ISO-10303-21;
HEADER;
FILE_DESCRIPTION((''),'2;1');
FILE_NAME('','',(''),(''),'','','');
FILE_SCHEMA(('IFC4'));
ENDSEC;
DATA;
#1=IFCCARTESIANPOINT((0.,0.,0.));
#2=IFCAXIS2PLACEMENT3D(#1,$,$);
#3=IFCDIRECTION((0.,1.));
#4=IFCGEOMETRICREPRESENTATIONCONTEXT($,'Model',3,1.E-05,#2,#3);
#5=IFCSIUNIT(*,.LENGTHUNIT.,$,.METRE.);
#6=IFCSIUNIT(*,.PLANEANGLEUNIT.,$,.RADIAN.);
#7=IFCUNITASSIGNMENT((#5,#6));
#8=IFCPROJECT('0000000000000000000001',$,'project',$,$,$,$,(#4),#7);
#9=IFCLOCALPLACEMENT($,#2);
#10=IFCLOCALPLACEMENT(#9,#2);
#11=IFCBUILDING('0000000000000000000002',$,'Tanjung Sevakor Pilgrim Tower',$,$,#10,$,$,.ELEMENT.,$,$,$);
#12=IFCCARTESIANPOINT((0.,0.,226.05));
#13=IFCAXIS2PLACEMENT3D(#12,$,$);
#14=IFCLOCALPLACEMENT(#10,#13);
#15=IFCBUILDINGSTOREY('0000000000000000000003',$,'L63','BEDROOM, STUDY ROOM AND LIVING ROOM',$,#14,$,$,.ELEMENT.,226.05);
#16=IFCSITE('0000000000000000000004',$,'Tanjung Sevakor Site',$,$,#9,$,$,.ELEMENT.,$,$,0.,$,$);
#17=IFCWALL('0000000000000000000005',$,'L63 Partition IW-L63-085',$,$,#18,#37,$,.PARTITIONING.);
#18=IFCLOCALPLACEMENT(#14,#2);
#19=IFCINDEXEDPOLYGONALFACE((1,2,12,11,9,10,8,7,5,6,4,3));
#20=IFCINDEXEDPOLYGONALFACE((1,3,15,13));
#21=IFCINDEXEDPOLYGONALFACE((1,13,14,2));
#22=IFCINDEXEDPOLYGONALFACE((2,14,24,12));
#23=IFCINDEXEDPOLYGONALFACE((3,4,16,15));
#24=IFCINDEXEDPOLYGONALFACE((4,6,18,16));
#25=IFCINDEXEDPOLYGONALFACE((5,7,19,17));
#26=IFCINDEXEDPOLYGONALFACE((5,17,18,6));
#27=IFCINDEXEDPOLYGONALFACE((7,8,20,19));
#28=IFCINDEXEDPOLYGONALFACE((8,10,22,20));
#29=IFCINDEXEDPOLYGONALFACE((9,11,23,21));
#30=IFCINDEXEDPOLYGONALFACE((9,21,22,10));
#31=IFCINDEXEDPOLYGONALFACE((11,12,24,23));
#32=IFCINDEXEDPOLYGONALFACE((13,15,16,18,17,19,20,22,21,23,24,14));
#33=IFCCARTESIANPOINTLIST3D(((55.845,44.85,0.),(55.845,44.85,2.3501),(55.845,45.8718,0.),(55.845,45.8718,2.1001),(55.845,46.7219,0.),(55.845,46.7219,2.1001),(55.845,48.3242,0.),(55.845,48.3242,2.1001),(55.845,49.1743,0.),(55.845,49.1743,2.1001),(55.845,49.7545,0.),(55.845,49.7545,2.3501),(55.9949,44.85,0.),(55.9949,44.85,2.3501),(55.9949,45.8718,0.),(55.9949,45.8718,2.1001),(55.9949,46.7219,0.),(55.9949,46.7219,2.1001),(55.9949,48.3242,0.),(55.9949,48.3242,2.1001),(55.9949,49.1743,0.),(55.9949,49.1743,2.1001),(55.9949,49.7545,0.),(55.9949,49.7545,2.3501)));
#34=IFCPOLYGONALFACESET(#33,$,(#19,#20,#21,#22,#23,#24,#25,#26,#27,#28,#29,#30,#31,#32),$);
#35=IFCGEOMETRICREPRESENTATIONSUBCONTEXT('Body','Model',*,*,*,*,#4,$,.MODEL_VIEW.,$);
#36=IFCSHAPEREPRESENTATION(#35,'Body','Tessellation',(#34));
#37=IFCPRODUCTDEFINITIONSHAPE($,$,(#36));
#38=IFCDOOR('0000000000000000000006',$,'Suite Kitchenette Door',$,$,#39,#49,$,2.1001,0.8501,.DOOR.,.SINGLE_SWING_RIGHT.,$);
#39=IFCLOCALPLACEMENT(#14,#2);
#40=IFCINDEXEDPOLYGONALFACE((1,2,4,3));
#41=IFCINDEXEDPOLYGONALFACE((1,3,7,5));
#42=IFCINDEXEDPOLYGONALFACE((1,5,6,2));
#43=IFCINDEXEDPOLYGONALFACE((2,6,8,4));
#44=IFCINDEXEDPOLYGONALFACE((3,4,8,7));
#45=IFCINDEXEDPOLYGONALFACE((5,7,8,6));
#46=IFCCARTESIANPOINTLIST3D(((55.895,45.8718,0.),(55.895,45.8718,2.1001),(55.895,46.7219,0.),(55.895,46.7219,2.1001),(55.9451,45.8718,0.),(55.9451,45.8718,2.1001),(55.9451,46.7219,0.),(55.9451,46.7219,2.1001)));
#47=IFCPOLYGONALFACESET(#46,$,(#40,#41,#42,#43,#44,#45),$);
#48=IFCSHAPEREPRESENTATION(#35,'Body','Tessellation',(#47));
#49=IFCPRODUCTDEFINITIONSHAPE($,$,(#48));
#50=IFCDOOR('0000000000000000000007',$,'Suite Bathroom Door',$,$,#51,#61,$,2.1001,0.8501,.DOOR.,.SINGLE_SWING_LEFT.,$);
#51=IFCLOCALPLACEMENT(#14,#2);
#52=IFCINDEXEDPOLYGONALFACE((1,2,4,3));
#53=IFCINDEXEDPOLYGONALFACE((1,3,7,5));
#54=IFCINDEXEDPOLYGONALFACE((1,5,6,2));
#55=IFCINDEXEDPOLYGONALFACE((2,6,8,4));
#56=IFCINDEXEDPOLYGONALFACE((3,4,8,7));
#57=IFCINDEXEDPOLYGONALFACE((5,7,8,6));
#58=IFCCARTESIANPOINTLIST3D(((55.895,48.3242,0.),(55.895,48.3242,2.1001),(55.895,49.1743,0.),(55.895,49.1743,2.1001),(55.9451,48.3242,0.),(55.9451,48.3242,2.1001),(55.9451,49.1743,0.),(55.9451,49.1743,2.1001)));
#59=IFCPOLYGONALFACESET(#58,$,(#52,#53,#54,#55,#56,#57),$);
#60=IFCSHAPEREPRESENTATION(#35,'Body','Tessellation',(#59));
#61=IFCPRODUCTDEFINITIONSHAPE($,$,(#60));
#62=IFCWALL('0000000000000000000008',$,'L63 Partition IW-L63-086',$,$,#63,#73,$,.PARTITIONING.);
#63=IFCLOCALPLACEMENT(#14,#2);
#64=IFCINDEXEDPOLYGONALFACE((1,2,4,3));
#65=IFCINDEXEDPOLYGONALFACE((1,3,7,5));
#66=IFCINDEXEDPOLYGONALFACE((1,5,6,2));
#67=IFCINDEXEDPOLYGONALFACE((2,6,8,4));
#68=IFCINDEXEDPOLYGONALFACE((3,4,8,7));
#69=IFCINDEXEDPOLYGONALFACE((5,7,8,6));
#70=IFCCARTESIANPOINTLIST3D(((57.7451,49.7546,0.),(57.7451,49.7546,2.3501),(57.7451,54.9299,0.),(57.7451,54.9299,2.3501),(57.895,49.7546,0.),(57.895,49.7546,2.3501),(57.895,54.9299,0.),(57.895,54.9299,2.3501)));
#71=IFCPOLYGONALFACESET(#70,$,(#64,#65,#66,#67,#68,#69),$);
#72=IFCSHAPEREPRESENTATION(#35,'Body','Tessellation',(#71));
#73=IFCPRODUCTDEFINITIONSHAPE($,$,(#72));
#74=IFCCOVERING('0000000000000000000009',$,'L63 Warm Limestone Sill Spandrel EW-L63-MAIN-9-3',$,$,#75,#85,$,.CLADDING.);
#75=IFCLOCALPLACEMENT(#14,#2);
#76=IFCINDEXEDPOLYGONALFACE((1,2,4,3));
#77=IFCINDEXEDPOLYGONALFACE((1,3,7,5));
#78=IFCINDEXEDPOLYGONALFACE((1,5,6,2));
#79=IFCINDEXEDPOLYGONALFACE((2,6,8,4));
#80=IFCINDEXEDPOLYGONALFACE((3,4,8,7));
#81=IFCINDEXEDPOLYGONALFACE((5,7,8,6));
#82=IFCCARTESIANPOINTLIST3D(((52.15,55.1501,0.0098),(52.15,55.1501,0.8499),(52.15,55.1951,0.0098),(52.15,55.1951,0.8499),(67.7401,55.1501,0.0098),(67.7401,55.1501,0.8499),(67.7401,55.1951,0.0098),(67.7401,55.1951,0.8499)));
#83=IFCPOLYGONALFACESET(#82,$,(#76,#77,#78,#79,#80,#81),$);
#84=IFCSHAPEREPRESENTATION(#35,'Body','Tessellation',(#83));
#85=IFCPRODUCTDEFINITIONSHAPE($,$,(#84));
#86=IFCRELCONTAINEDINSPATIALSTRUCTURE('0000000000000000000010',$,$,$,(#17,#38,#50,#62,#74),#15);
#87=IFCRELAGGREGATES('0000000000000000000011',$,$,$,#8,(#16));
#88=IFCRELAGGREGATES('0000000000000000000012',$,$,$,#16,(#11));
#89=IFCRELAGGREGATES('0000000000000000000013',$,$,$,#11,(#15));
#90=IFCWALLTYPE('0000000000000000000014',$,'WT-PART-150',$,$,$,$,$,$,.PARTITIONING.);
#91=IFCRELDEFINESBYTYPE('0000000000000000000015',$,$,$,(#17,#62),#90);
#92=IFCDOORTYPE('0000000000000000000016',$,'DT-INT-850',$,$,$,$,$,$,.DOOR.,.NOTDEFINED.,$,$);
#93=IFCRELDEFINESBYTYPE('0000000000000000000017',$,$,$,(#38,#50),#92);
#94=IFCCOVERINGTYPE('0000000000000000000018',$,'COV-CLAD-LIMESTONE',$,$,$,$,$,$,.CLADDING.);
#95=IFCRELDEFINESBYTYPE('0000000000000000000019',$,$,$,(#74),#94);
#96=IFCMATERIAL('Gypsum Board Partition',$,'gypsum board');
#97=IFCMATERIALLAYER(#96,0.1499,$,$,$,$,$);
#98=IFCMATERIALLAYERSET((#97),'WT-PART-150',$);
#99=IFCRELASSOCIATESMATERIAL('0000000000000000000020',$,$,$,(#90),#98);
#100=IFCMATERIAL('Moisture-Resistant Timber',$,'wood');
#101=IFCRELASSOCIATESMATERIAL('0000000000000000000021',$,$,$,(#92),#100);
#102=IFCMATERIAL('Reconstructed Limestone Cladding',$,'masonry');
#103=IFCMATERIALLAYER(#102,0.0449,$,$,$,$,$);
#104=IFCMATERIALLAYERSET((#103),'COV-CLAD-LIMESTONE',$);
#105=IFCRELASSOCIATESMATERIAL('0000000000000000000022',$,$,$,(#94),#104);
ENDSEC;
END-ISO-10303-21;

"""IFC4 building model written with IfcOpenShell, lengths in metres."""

from ifc_helpers import new_model, si_unit, direction, frame, frame_2d, origin, origin_2d, place, context, subcontext, project, spatial, rectangle, extrude, material, layer, layer_set, type_object, element, fill, save


model = new_model("IFC4")

# Units and contexts
model_context = context("Model", 3, precision=1e-05, world=origin(), true_north=direction((0.0, 1.0)))
body_context = subcontext(model_context, "Body", "Model", "MODEL_VIEW")
ifc_project = project(units=[si_unit("LENGTHUNIT", "METRE"), si_unit("PLANEANGLEUNIT", "RADIAN")], contexts=[model_context])

# Site, building, storey
site_placement = place(None, origin())
site = spatial("IfcSite", under=ifc_project, at=site_placement, Name="Tanjung Sevakor Site", CompositionType="ELEMENT", RefElevation=0.0)
building_placement = place(site_placement, origin())
building = spatial("IfcBuilding", under=site, at=building_placement, Name="Tanjung Sevakor Pilgrim Tower", CompositionType="ELEMENT")
storey_placement = place(building_placement, frame((0.0, 0.0, 226.05)))
storey = spatial("IfcBuildingStorey", under=building, at=storey_placement, Name="L63", Description="BEDROOM, STUDY ROOM AND LIVING ROOM", CompositionType="ELEMENT", Elevation=226.05)

# Wall, openings, doors
ifc_material_1 = material(Name="Gypsum Board Partition", Category="gypsum board")
ifc_layer_1 = layer(ifc_material_1, 0.1499)
ifc_layer_set_1 = layer_set([ifc_layer_1], Name="WT-PART-150")
wall_type_1 = type_object("IfcWallType", Name="WT-PART-150", PredefinedType="PARTITIONING", material=ifc_layer_set_1)
wall_1_placement = place(storey_placement, frame((55.9199, 44.8501, 0.0), z_axis=(0.0, 0.0, 1.0), x_axis=(0.0, 1.0, 0.0)))
wall_1 = element("IfcWall", 1, at=wall_1_placement, inside=storey, type_object=wall_type_1, Name="L63 Partition IW-L63-085", PredefinedType="PARTITIONING", context=body_context, shape_type="SweptSolid", body=[
    extrude(rectangle(XDim=4.9045, YDim=0.1499, at=frame_2d((2.4521, 0.0))), origin(), (0.0, 0.0, 1.0), 2.3501),
])
opening_1_placement = place(wall_1_placement, frame((1.0217, 0.0, 0.0)))
opening_1 = element("IfcOpeningElement", 2, at=opening_1_placement, cuts=wall_1, PredefinedType="OPENING", context=body_context, shape_type="SweptSolid", body=[
    extrude(rectangle(XDim=0.8501, YDim=2.1001, at=frame_2d((0.425, 1.05))), frame((0.0, 0.085, 0.0), z_axis=(0.0, -1.0, 0.0), x_axis=(1.0, 0.0, 0.0)), (0.0, 0.0, 1.0), 0.1699),
])
opening_2_placement = place(wall_1_placement, frame((3.4741, 0.0, 0.0)))
opening_2 = element("IfcOpeningElement", 3, at=opening_2_placement, cuts=wall_1, PredefinedType="OPENING", context=body_context, shape_type="SweptSolid", body=[
    extrude(rectangle(XDim=0.8501, YDim=2.1001, at=frame_2d((0.425, 1.05))), frame((0.0, 0.085, 0.0), z_axis=(0.0, -1.0, 0.0), x_axis=(1.0, 0.0, 0.0)), (0.0, 0.0, 1.0), 0.1699),
])
ifc_material_2 = material(Name="Moisture-Resistant Timber", Category="wood")
door_type_1 = type_object("IfcDoorType", Name="DT-INT-850", OperationType="NOTDEFINED", PredefinedType="DOOR", material=ifc_material_2)
door_1_placement = place(opening_1_placement, origin())
door_1 = element("IfcDoor", 4, at=door_1_placement, inside=storey, type_object=door_type_1, Name="Suite Kitchenette Door", OperationType="SINGLE_SWING_RIGHT", OverallHeight=2.1001, OverallWidth=0.8501, PredefinedType="DOOR", context=body_context, shape_type="SweptSolid", body=[
    extrude(rectangle(XDim=0.8501, YDim=2.1001, at=frame_2d((0.425, 1.05))), frame((0.0, 0.0249, 0.0), z_axis=(0.0, -1.0, 0.0), x_axis=(1.0, 0.0, 0.0)), (0.0, 0.0, 1.0), 0.05),
])
fill(opening_1, door_1)
door_2_placement = place(opening_2_placement, origin())
door_2 = element("IfcDoor", 5, at=door_2_placement, inside=storey, type_object=door_type_1, Name="Suite Bathroom Door", OperationType="SINGLE_SWING_LEFT", OverallHeight=2.1001, OverallWidth=0.8501, PredefinedType="DOOR", context=body_context, shape_type="SweptSolid", body=[
    extrude(rectangle(XDim=0.8501, YDim=2.1001, at=frame_2d((0.425, 1.05))), frame((0.0, 0.0249, 0.0), z_axis=(0.0, -1.0, 0.0), x_axis=(1.0, 0.0, 0.0)), (0.0, 0.0, 1.0), 0.05),
])
fill(opening_2, door_2)

# Wall
wall_2_placement = place(storey_placement, frame((57.8201, 49.7546, 0.0), z_axis=(0.0, 0.0, 1.0), x_axis=(0.0, 1.0, 0.0)))
element("IfcWall", 6, at=wall_2_placement, inside=storey, type_object=wall_type_1, Name="L63 Partition IW-L63-086", PredefinedType="PARTITIONING", context=body_context, shape_type="SweptSolid", body=[
    extrude(rectangle(XDim=5.1753, YDim=0.1499, at=frame_2d((2.5876, 0.0))), origin(), (0.0, 0.0, 1.0), 2.3501),
])

# Covering
ifc_material_3 = material(Name="Reconstructed Limestone Cladding", Category="masonry")
ifc_layer_2 = layer(ifc_material_3, 0.0449)
ifc_layer_set_2 = layer_set([ifc_layer_2], Name="COV-CLAD-LIMESTONE")
covering_type = type_object("IfcCoveringType", Name="COV-CLAD-LIMESTONE", PredefinedType="CLADDING", material=ifc_layer_set_2)
covering_placement = place(storey_placement, frame((59.9451, 55.1726, 0.0098), z_axis=(0.0, 0.0, 1.0), x_axis=(-1.0, 0.0, 0.0)))
element("IfcCovering", 7, at=covering_placement, inside=storey, type_object=covering_type, Name="L63 Warm Limestone Sill Spandrel EW-L63-MAIN-9-3", PredefinedType="CLADDING", context=body_context, shape_type="SweptSolid", body=[
    extrude(rectangle(XDim=15.5901, YDim=0.0449, at=origin_2d()), origin(), (0.0, 0.0, 1.0), 0.8401),
])

save(model, "model.ifc")
